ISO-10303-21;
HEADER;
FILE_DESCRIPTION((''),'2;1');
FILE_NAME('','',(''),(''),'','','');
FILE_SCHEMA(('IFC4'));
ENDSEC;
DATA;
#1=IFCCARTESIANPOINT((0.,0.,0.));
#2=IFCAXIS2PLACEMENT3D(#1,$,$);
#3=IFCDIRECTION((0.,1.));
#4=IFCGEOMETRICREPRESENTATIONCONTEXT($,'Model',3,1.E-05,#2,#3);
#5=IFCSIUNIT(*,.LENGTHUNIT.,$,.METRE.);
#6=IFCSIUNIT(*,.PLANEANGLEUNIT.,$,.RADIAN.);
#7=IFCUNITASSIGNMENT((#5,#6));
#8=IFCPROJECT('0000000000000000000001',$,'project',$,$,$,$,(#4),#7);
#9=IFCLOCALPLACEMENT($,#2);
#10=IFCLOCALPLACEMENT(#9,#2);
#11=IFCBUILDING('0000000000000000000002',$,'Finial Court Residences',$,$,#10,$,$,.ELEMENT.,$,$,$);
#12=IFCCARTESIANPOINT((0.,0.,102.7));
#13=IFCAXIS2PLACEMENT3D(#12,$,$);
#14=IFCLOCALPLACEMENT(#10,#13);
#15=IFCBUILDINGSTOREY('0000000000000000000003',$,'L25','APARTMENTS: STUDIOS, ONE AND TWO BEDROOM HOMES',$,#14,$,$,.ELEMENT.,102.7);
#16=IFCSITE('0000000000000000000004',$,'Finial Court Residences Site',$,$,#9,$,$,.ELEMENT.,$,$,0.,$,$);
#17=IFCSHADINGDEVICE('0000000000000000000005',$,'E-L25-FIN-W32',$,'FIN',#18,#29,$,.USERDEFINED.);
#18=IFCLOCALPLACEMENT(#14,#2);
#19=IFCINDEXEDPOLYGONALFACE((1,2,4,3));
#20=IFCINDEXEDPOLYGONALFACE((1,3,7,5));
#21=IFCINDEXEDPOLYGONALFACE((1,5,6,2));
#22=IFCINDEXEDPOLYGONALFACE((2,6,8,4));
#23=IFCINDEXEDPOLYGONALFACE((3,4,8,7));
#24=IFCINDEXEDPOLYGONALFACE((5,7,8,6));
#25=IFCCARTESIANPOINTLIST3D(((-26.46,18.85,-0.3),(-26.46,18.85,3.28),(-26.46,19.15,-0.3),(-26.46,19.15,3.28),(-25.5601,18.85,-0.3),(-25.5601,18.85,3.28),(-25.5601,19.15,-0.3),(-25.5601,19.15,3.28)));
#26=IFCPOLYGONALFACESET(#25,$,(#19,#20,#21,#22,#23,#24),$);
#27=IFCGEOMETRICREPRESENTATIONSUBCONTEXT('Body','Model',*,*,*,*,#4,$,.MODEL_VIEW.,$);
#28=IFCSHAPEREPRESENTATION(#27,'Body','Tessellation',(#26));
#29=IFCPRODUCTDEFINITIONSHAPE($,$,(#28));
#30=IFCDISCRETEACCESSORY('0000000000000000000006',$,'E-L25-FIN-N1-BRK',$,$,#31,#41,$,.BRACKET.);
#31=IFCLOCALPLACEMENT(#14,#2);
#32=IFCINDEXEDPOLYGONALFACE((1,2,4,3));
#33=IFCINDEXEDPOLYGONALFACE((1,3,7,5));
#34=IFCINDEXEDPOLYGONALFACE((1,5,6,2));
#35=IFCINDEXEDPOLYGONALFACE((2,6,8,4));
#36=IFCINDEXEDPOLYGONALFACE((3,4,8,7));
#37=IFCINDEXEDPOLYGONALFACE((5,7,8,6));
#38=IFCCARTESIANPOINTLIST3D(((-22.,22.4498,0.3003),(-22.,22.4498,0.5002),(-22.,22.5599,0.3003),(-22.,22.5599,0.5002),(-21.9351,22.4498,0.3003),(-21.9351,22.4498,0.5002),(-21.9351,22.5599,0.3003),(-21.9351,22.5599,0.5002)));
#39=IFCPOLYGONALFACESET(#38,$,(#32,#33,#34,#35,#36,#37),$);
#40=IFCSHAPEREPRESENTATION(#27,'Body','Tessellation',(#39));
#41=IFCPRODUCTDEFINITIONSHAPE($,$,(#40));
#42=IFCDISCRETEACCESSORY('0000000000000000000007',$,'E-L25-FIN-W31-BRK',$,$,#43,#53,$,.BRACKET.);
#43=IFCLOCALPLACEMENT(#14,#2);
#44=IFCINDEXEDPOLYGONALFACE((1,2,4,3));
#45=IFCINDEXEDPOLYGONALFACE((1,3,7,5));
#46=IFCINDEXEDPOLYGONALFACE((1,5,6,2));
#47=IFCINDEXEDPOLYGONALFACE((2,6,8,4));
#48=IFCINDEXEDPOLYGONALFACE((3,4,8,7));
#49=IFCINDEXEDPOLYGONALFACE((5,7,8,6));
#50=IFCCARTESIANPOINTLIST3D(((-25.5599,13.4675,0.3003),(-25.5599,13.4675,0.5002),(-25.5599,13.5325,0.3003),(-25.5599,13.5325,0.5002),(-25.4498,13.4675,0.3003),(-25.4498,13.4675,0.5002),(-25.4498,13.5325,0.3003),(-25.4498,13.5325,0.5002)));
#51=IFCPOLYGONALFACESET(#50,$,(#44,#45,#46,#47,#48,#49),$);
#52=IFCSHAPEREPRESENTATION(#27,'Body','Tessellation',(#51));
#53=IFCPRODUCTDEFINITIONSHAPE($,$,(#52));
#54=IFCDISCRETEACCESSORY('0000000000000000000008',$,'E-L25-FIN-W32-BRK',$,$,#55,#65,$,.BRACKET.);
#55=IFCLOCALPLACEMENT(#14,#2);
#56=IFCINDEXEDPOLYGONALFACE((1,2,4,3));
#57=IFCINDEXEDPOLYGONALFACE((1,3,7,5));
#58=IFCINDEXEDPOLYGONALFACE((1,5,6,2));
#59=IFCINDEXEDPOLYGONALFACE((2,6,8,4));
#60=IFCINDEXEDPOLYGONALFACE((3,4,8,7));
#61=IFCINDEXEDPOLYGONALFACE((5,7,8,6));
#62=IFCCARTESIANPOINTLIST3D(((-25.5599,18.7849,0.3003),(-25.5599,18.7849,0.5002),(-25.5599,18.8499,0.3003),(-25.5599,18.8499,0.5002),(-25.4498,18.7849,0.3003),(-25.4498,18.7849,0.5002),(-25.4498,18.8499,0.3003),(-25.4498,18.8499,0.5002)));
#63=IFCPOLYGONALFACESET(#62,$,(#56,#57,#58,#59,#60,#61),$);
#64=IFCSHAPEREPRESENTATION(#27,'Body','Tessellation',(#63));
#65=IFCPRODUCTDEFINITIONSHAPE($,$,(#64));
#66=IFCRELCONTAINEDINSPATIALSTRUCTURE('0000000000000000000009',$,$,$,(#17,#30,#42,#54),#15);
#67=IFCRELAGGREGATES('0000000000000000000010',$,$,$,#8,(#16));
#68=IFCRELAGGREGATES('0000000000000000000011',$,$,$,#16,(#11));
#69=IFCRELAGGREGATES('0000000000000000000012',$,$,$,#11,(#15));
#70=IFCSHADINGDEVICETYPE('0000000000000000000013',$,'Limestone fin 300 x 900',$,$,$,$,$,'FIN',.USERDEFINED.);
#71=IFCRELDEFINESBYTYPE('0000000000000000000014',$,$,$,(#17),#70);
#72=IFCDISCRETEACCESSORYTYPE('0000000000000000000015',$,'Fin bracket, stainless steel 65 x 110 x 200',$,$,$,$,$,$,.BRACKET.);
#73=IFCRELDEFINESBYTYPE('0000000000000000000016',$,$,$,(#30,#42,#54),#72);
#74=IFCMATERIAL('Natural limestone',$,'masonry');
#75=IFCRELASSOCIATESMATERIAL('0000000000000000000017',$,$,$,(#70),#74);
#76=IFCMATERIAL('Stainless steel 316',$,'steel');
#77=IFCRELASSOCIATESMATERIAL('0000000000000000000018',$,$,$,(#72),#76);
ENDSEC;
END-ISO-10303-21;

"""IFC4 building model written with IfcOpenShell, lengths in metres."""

from ifc_helpers import new_model, si_unit, direction, frame, origin, origin_2d, place, context, subcontext, project, spatial, rectangle, extrude, material, type_object, element, save


model = new_model("IFC4")

# Units and contexts
model_context = context("Model", 3, precision=1e-05, world=origin(), true_north=direction((0.0, 1.0)))
body_context = subcontext(model_context, "Body", "Model", "MODEL_VIEW")
ifc_project = project(units=[si_unit("LENGTHUNIT", "METRE"), si_unit("PLANEANGLEUNIT", "RADIAN")], contexts=[model_context])

# Site, building, storey
site_placement = place(None, origin())
site = spatial("IfcSite", under=ifc_project, at=site_placement, Name="Finial Court Residences Site", CompositionType="ELEMENT", RefElevation=0.0)
building_placement = place(site_placement, origin())
building = spatial("IfcBuilding", under=site, at=building_placement, Name="Finial Court Residences", CompositionType="ELEMENT")
storey_placement = place(building_placement, frame((0.0, 0.0, 102.7)))
storey = spatial("IfcBuildingStorey", under=building, at=storey_placement, Name="L25", Description="APARTMENTS: STUDIOS, ONE AND TWO BEDROOM HOMES", CompositionType="ELEMENT", Elevation=102.7)

# Shared definitions
ifc_material_1 = material(Name="Natural limestone", Category="masonry")

# Shading device
shading_device_type = type_object("IfcShadingDeviceType", Name="Limestone fin 300 x 900", ElementType="FIN", PredefinedType="USERDEFINED", material=ifc_material_1)
for number, where, z_axis, x_axis, name in (
    (1, (-26.01, 19.0, -0.3), (0.0, 0.0, 1.0), (1.0, 0.0, 0.0), "E-L25-FIN-W32"),
):
    element("IfcShadingDevice", number, at=place(storey_placement, frame(where, z_axis=z_axis, x_axis=x_axis)), inside=storey, type_object=shading_device_type, Name=name, ObjectType="FIN", PredefinedType="USERDEFINED", context=body_context, shape_type="SweptSolid", body=[
        extrude(rectangle(XDim=0.8999, YDim=0.3, at=origin_2d()), origin(), (0.0, 0.0, 1.0), 3.5801),
    ])

# Discrete accessories
ifc_material_2 = material(Name="Stainless steel 316", Category="steel")
discrete_accessory_type = type_object("IfcDiscreteAccessoryType", Name="Fin bracket, stainless steel 65 x 110 x 200", PredefinedType="BRACKET", material=ifc_material_2)
discrete_accessory_placement = place(storey_placement, frame((-21.9675, 22.5049, 0.3003), z_axis=(0.0, 0.0, 1.0), x_axis=(1.0, 0.0, 0.0)))
element("IfcDiscreteAccessory", 2, at=discrete_accessory_placement, inside=storey, type_object=discrete_accessory_type, Name="E-L25-FIN-N1-BRK", PredefinedType="BRACKET", context=body_context, shape_type="SweptSolid", body=[
    extrude(rectangle(XDim=0.0649, YDim=0.1101, at=origin_2d()), origin(), (0.0, 0.0, 1.0), 0.2),
])
for number, where, z_axis, x_axis, name in (
    (3, (-25.5049, 13.5, 0.3003), (0.0, 0.0, 1.0), (1.0, 0.0, 0.0), "E-L25-FIN-W31-BRK"),
    (4, (-25.5049, 18.8174, 0.3003), (0.0, 0.0, 1.0), (1.0, 0.0, 0.0), "E-L25-FIN-W32-BRK"),
):
    element("IfcDiscreteAccessory", number, at=place(storey_placement, frame(where, z_axis=z_axis, x_axis=x_axis)), inside=storey, type_object=discrete_accessory_type, Name=name, PredefinedType="BRACKET", context=body_context, shape_type="SweptSolid", body=[
        extrude(rectangle(XDim=0.1101, YDim=0.0649, at=origin_2d()), origin(), (0.0, 0.0, 1.0), 0.2),
    ])

save(model, "model.ifc")
